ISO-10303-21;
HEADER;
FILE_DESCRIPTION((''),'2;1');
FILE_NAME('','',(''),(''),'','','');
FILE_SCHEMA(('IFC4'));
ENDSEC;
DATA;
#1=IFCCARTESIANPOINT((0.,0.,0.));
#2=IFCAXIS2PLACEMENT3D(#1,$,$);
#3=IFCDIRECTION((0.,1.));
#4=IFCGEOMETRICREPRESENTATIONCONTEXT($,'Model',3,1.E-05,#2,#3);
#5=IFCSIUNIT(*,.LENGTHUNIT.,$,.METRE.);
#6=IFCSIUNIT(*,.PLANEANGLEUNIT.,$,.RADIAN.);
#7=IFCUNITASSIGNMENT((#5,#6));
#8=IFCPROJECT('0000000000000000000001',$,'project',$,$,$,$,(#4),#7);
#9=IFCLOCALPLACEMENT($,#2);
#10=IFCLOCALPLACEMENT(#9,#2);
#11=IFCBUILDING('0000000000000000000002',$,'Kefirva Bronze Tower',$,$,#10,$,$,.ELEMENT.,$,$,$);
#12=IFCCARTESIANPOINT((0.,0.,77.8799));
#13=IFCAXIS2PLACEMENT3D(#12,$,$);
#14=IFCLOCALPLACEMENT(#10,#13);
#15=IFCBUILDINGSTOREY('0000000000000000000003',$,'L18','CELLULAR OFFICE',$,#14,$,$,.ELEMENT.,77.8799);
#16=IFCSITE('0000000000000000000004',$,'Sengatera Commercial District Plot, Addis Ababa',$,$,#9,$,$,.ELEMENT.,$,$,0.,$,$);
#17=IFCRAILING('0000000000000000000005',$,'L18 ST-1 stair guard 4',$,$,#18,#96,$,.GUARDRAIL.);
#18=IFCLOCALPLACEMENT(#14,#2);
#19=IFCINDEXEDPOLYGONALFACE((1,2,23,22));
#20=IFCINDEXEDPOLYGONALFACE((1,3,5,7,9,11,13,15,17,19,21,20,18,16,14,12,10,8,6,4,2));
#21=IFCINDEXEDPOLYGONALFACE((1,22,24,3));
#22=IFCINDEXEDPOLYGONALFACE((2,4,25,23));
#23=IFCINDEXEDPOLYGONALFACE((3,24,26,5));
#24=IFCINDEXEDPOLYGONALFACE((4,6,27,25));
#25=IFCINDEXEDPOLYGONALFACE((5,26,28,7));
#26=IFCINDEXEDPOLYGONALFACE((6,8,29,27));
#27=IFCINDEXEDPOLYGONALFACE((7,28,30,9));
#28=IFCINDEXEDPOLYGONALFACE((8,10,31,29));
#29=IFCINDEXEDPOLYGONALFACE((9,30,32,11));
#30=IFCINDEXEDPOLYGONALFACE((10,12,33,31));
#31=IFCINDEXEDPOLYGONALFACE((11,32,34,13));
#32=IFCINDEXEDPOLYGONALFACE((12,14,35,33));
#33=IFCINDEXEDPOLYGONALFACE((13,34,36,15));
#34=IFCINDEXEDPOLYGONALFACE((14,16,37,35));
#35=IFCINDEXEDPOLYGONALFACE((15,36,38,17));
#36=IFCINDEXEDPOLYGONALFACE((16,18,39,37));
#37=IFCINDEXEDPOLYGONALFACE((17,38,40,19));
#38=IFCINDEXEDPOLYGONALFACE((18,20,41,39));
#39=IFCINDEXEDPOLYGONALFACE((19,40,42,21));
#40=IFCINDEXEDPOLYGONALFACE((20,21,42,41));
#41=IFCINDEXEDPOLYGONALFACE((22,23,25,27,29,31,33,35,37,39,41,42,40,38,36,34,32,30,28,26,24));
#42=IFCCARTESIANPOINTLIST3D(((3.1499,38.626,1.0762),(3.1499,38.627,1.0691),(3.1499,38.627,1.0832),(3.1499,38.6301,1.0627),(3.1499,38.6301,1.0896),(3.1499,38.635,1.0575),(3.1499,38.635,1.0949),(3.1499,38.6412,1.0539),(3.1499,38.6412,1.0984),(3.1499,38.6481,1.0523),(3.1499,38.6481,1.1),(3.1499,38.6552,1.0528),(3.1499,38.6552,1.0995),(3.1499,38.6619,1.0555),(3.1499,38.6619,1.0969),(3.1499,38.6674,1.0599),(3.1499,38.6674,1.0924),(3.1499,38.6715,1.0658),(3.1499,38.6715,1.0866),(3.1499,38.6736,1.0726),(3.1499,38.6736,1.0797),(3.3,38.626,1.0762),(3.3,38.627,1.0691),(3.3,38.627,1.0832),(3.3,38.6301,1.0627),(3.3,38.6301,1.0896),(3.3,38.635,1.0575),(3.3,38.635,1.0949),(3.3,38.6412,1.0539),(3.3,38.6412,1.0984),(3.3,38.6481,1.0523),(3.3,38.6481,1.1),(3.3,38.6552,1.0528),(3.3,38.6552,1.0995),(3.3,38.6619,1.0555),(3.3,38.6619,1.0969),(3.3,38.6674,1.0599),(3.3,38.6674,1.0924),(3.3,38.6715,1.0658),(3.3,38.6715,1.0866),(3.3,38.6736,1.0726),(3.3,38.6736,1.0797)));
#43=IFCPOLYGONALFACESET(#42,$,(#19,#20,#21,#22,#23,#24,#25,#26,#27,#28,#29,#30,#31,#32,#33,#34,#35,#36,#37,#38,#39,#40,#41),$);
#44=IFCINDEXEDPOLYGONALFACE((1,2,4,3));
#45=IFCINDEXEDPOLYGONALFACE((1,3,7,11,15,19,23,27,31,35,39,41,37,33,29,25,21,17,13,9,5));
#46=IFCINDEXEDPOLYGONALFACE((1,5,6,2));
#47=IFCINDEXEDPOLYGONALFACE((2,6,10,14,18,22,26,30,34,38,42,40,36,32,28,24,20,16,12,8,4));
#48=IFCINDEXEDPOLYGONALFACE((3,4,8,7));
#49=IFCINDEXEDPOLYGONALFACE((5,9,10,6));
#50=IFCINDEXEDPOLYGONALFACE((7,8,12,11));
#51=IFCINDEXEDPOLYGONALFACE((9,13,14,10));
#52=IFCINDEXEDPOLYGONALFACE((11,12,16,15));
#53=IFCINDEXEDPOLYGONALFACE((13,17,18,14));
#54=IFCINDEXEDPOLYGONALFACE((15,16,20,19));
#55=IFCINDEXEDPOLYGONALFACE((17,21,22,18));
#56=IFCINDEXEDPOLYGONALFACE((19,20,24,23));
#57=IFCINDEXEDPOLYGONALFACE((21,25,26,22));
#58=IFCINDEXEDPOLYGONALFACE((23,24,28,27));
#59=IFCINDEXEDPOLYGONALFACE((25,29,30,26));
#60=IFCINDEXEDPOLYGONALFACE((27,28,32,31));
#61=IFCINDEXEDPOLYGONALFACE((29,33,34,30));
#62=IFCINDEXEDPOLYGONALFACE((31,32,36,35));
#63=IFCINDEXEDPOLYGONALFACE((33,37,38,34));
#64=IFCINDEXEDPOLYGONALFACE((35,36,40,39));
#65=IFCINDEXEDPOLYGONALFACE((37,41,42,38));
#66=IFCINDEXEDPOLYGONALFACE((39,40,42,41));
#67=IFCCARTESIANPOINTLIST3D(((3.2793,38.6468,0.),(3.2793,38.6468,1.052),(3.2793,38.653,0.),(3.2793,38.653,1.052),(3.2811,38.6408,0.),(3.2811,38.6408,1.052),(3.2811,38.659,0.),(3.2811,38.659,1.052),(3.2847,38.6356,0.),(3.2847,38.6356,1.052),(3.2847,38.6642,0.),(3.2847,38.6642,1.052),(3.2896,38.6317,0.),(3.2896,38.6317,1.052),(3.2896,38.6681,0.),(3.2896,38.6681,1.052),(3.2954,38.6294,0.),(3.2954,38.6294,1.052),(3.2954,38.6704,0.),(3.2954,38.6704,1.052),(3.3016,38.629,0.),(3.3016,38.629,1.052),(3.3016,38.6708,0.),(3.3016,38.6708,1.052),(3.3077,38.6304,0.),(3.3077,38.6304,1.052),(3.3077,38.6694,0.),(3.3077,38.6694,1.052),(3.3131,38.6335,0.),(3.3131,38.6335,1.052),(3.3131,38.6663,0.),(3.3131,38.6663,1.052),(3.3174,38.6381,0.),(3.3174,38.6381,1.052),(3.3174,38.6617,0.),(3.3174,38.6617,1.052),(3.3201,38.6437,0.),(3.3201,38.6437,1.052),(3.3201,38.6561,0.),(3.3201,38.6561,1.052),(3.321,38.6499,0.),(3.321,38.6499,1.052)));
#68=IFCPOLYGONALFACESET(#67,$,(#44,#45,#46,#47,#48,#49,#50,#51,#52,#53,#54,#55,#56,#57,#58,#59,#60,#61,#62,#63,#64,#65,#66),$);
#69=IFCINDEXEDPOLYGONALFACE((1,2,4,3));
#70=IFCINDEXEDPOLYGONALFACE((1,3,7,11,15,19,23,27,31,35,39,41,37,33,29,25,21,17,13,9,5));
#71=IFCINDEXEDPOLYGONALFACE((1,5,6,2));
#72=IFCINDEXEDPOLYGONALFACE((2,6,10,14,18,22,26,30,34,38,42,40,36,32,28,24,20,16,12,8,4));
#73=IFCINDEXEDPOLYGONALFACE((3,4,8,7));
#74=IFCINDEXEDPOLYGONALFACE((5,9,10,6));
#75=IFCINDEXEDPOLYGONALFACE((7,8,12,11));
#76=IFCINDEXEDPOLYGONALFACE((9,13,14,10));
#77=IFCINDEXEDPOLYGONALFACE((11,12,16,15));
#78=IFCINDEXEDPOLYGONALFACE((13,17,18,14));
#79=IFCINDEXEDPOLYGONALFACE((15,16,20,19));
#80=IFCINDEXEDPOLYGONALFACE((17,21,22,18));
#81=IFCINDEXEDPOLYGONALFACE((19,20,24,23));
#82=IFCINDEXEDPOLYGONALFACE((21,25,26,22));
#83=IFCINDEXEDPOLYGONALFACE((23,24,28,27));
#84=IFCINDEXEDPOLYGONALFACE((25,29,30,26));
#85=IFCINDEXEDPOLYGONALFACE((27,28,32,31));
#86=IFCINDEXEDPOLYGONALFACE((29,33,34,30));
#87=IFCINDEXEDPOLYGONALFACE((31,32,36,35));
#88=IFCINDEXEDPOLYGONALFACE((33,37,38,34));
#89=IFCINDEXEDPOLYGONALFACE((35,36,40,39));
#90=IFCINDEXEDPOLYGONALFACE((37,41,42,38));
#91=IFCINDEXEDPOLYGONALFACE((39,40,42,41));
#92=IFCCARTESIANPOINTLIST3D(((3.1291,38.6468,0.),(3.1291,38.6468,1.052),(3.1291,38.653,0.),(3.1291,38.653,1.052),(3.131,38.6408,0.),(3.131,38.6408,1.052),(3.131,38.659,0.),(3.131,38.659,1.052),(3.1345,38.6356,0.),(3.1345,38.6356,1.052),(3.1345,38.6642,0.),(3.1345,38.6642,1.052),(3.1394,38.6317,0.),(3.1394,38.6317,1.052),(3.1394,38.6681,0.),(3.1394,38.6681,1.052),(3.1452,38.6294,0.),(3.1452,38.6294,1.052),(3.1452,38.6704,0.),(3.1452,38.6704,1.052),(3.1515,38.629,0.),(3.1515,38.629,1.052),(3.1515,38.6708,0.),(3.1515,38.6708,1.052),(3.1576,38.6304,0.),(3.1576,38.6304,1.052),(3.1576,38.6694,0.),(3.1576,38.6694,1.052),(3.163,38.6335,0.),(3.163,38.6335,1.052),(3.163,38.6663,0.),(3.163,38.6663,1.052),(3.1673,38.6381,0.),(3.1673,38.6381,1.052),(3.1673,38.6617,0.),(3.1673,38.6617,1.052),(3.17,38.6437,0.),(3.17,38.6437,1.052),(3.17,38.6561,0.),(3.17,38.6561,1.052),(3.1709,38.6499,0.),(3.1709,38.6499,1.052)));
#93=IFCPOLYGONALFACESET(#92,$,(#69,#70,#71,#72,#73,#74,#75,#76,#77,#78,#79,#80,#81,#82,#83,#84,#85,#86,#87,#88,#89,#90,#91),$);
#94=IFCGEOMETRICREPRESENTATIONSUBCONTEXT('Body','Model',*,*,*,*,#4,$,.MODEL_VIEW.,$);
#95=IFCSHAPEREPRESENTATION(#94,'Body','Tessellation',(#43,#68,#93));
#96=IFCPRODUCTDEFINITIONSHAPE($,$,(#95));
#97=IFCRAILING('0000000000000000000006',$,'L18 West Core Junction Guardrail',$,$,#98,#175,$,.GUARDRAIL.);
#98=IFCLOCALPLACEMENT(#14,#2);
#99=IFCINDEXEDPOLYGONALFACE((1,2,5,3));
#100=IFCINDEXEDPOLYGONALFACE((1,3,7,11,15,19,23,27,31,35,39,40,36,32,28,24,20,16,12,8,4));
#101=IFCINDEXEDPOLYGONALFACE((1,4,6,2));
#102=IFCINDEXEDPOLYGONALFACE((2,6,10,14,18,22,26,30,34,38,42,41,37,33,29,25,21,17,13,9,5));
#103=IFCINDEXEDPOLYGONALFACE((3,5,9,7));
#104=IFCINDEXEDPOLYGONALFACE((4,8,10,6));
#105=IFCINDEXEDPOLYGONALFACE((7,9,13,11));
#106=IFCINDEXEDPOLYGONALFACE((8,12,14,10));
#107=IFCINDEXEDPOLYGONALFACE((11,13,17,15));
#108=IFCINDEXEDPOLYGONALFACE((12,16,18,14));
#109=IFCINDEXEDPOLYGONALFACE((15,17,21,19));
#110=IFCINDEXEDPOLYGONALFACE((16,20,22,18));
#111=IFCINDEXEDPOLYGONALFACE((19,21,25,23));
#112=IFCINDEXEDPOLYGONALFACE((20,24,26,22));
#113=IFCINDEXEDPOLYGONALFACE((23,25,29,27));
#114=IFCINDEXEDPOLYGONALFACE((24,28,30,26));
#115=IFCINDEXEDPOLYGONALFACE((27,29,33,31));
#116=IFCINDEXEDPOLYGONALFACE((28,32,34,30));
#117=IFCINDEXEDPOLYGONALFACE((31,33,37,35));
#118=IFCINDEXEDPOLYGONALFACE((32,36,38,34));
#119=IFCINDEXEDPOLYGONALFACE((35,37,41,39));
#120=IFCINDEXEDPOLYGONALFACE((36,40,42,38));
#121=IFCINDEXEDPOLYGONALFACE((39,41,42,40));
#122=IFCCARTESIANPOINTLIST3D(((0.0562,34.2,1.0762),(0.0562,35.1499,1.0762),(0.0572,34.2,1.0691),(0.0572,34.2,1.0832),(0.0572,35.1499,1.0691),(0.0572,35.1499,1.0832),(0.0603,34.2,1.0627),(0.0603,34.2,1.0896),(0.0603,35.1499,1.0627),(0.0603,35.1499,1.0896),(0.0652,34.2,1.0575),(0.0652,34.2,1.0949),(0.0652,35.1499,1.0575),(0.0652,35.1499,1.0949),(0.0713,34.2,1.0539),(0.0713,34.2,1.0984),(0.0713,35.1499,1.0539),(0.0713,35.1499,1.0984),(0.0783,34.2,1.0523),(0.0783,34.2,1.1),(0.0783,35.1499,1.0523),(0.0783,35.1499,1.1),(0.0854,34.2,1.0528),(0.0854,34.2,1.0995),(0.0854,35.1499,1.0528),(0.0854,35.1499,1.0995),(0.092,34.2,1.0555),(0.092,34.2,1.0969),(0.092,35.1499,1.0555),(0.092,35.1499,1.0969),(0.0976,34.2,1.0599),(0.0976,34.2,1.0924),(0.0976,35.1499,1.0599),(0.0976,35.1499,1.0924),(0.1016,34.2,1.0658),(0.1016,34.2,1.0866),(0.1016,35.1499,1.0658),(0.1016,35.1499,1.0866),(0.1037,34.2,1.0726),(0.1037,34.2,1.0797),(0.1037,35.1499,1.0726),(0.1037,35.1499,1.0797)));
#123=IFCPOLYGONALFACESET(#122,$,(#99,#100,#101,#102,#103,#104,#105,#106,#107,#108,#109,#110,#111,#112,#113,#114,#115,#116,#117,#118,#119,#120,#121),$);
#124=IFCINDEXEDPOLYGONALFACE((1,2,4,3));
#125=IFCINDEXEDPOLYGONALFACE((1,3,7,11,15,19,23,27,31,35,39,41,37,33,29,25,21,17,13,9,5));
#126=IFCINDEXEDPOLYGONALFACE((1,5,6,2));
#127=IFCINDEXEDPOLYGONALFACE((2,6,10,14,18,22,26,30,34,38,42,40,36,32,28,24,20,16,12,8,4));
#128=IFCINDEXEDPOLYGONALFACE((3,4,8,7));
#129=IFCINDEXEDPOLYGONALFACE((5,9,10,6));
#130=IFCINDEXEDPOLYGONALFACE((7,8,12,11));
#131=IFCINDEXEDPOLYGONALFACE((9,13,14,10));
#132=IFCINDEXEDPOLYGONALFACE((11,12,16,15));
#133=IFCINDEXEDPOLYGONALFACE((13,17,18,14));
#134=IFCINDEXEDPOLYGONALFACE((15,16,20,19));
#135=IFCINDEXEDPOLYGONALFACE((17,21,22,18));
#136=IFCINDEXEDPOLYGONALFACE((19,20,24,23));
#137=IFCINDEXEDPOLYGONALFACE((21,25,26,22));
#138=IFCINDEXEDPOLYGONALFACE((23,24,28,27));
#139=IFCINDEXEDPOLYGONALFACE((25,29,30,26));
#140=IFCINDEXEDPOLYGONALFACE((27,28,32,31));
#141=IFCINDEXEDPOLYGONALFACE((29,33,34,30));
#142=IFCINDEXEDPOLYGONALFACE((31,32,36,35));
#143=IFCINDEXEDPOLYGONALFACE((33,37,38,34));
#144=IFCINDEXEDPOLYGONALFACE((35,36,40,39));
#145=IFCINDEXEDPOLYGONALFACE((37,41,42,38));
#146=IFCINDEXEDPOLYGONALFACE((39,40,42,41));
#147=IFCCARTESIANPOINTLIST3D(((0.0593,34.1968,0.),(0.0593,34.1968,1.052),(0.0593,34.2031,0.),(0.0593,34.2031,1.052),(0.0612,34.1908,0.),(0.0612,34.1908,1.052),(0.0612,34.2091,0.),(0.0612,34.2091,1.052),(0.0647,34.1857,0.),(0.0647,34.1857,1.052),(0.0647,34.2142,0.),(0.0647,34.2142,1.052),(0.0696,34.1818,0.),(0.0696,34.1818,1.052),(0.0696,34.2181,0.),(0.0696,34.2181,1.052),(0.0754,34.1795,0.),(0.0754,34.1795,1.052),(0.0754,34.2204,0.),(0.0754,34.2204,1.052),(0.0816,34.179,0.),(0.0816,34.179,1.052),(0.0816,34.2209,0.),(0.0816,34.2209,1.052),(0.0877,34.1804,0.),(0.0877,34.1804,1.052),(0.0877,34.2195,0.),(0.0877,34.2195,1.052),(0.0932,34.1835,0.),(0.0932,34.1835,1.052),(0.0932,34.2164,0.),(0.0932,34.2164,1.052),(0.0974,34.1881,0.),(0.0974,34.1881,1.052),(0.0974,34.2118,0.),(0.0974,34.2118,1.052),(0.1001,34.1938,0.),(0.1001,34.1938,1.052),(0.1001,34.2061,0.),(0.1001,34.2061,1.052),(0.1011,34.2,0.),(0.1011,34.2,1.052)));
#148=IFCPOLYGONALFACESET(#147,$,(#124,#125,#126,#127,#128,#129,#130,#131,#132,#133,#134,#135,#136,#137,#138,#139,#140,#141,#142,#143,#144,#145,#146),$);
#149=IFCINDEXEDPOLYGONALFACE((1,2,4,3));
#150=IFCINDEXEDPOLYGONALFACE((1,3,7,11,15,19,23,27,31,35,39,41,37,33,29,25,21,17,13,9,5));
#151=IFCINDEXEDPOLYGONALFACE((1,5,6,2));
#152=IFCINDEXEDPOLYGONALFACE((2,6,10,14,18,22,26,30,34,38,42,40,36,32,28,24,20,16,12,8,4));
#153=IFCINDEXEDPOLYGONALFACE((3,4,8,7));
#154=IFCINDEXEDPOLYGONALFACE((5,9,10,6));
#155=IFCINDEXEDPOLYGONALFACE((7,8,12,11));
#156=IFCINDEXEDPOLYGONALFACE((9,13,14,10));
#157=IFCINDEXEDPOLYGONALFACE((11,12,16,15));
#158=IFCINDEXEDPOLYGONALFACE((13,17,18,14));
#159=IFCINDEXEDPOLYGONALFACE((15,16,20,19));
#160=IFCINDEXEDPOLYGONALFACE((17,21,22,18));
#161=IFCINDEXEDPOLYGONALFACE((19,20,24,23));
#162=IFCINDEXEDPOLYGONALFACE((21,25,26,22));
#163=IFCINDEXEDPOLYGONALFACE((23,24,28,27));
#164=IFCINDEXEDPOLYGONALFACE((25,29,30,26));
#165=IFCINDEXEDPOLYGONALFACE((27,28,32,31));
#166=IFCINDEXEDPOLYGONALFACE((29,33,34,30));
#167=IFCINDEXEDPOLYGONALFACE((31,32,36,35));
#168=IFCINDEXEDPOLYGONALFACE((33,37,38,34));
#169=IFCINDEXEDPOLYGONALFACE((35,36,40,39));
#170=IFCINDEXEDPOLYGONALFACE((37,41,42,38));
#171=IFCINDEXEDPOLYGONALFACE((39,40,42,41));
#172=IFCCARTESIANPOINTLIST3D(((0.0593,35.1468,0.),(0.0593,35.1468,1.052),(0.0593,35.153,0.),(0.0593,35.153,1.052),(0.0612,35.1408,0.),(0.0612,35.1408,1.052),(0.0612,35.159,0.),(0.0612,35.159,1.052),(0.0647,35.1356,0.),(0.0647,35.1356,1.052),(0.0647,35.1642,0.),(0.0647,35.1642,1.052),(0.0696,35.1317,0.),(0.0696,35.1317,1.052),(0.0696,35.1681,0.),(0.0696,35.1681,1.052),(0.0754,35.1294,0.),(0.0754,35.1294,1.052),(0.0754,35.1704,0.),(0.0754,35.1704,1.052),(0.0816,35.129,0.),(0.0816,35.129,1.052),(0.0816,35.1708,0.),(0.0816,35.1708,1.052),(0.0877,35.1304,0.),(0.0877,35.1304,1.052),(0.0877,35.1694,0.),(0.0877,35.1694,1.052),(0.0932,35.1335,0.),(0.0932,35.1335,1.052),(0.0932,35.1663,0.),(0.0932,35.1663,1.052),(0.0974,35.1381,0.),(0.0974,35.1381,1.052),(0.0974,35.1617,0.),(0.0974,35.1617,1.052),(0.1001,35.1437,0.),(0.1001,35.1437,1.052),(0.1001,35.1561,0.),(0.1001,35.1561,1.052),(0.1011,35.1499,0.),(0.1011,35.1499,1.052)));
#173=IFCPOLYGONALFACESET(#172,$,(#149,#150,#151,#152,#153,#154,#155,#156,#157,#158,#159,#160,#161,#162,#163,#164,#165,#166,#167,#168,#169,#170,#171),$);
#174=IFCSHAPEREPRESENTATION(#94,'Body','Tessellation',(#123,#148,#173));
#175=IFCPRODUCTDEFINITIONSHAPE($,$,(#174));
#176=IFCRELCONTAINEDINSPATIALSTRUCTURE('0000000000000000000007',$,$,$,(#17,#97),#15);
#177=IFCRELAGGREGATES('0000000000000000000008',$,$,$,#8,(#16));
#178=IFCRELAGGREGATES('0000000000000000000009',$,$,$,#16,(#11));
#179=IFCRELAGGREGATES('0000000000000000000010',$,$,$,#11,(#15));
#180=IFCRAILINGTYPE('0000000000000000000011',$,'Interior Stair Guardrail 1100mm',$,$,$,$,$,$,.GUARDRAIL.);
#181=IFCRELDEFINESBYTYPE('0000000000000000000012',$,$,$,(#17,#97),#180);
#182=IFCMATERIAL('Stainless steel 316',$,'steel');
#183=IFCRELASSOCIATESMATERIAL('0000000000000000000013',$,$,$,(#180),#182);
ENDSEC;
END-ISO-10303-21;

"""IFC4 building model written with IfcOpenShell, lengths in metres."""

from ifc_helpers import new_model, si_unit, direction, frame, origin, origin_2d, place, context, subcontext, project, spatial, circle, extrude, material, type_object, element, save


model = new_model("IFC4")

# Units and contexts
model_context = context("Model", 3, precision=1e-05, world=origin(), true_north=direction((0.0, 1.0)))
body_context = subcontext(model_context, "Body", "Model", "MODEL_VIEW")
ifc_project = project(units=[si_unit("LENGTHUNIT", "METRE"), si_unit("PLANEANGLEUNIT", "RADIAN")], contexts=[model_context])

# Site, building, storey
site_placement = place(None, origin())
site = spatial("IfcSite", under=ifc_project, at=site_placement, Name="Sengatera Commercial District Plot, Addis Ababa", CompositionType="ELEMENT", RefElevation=0.0)
building_placement = place(site_placement, origin())
building = spatial("IfcBuilding", under=site, at=building_placement, Name="Kefirva Bronze Tower", CompositionType="ELEMENT")
storey_placement = place(building_placement, frame((0.0, 0.0, 77.8799)))
storey = spatial("IfcBuildingStorey", under=building, at=storey_placement, Name="L18", Description="CELLULAR OFFICE", CompositionType="ELEMENT", Elevation=77.8799)

# Railings
ifc_material_1 = material(Name="Stainless steel 316", Category="steel")
railing_type_1 = type_object("IfcRailingType", Name="Interior Stair Guardrail 1100mm", PredefinedType="GUARDRAIL", material=ifc_material_1)
railing_1_placement = place(storey_placement, frame((3.3, 38.6499, 0.0)))
element("IfcRailing", 1, at=railing_1_placement, inside=storey, type_object=railing_type_1, Name="L18 ST-1 stair guard 4", PredefinedType="GUARDRAIL", context=body_context, shape_type="SweptSolid", body=[
    extrude(circle(Radius=0.0239, at=origin_2d()), frame((0.0, 0.0, 1.0762), z_axis=(-1.0, 0.0, 0.0), x_axis=(0.0, -1.0, 0.0)), (0.0, 0.0, 1.0), 0.1501),
    extrude(circle(Radius=0.021, at=origin_2d()), origin(), (0.0, 0.0, 1.0), 1.052),
    extrude(circle(Radius=0.021, at=origin_2d()), frame((-0.1501, 0.0, 0.0)), (0.0, 0.0, 1.0), 1.052),
])
railing_2_placement = place(storey_placement, frame((0.0801, 34.2, 0.0)))
element("IfcRailing", 2, at=railing_2_placement, inside=storey, type_object=railing_type_1, Name="L18 West Core Junction Guardrail", PredefinedType="GUARDRAIL", context=body_context, shape_type="SweptSolid", body=[
    extrude(circle(Radius=0.0239, at=origin_2d()), frame((0.0, 0.0, 1.0762), z_axis=(0.0, 1.0, 0.0), x_axis=(-1.0, 0.0, 0.0)), (0.0, 0.0, 1.0), 0.95),
    extrude(circle(Radius=0.021, at=origin_2d()), origin(), (0.0, 0.0, 1.0), 1.052),
    extrude(circle(Radius=0.021, at=origin_2d()), frame((0.0, 0.95, 0.0)), (0.0, 0.0, 1.0), 1.052),
])

save(model, "model.ifc")
